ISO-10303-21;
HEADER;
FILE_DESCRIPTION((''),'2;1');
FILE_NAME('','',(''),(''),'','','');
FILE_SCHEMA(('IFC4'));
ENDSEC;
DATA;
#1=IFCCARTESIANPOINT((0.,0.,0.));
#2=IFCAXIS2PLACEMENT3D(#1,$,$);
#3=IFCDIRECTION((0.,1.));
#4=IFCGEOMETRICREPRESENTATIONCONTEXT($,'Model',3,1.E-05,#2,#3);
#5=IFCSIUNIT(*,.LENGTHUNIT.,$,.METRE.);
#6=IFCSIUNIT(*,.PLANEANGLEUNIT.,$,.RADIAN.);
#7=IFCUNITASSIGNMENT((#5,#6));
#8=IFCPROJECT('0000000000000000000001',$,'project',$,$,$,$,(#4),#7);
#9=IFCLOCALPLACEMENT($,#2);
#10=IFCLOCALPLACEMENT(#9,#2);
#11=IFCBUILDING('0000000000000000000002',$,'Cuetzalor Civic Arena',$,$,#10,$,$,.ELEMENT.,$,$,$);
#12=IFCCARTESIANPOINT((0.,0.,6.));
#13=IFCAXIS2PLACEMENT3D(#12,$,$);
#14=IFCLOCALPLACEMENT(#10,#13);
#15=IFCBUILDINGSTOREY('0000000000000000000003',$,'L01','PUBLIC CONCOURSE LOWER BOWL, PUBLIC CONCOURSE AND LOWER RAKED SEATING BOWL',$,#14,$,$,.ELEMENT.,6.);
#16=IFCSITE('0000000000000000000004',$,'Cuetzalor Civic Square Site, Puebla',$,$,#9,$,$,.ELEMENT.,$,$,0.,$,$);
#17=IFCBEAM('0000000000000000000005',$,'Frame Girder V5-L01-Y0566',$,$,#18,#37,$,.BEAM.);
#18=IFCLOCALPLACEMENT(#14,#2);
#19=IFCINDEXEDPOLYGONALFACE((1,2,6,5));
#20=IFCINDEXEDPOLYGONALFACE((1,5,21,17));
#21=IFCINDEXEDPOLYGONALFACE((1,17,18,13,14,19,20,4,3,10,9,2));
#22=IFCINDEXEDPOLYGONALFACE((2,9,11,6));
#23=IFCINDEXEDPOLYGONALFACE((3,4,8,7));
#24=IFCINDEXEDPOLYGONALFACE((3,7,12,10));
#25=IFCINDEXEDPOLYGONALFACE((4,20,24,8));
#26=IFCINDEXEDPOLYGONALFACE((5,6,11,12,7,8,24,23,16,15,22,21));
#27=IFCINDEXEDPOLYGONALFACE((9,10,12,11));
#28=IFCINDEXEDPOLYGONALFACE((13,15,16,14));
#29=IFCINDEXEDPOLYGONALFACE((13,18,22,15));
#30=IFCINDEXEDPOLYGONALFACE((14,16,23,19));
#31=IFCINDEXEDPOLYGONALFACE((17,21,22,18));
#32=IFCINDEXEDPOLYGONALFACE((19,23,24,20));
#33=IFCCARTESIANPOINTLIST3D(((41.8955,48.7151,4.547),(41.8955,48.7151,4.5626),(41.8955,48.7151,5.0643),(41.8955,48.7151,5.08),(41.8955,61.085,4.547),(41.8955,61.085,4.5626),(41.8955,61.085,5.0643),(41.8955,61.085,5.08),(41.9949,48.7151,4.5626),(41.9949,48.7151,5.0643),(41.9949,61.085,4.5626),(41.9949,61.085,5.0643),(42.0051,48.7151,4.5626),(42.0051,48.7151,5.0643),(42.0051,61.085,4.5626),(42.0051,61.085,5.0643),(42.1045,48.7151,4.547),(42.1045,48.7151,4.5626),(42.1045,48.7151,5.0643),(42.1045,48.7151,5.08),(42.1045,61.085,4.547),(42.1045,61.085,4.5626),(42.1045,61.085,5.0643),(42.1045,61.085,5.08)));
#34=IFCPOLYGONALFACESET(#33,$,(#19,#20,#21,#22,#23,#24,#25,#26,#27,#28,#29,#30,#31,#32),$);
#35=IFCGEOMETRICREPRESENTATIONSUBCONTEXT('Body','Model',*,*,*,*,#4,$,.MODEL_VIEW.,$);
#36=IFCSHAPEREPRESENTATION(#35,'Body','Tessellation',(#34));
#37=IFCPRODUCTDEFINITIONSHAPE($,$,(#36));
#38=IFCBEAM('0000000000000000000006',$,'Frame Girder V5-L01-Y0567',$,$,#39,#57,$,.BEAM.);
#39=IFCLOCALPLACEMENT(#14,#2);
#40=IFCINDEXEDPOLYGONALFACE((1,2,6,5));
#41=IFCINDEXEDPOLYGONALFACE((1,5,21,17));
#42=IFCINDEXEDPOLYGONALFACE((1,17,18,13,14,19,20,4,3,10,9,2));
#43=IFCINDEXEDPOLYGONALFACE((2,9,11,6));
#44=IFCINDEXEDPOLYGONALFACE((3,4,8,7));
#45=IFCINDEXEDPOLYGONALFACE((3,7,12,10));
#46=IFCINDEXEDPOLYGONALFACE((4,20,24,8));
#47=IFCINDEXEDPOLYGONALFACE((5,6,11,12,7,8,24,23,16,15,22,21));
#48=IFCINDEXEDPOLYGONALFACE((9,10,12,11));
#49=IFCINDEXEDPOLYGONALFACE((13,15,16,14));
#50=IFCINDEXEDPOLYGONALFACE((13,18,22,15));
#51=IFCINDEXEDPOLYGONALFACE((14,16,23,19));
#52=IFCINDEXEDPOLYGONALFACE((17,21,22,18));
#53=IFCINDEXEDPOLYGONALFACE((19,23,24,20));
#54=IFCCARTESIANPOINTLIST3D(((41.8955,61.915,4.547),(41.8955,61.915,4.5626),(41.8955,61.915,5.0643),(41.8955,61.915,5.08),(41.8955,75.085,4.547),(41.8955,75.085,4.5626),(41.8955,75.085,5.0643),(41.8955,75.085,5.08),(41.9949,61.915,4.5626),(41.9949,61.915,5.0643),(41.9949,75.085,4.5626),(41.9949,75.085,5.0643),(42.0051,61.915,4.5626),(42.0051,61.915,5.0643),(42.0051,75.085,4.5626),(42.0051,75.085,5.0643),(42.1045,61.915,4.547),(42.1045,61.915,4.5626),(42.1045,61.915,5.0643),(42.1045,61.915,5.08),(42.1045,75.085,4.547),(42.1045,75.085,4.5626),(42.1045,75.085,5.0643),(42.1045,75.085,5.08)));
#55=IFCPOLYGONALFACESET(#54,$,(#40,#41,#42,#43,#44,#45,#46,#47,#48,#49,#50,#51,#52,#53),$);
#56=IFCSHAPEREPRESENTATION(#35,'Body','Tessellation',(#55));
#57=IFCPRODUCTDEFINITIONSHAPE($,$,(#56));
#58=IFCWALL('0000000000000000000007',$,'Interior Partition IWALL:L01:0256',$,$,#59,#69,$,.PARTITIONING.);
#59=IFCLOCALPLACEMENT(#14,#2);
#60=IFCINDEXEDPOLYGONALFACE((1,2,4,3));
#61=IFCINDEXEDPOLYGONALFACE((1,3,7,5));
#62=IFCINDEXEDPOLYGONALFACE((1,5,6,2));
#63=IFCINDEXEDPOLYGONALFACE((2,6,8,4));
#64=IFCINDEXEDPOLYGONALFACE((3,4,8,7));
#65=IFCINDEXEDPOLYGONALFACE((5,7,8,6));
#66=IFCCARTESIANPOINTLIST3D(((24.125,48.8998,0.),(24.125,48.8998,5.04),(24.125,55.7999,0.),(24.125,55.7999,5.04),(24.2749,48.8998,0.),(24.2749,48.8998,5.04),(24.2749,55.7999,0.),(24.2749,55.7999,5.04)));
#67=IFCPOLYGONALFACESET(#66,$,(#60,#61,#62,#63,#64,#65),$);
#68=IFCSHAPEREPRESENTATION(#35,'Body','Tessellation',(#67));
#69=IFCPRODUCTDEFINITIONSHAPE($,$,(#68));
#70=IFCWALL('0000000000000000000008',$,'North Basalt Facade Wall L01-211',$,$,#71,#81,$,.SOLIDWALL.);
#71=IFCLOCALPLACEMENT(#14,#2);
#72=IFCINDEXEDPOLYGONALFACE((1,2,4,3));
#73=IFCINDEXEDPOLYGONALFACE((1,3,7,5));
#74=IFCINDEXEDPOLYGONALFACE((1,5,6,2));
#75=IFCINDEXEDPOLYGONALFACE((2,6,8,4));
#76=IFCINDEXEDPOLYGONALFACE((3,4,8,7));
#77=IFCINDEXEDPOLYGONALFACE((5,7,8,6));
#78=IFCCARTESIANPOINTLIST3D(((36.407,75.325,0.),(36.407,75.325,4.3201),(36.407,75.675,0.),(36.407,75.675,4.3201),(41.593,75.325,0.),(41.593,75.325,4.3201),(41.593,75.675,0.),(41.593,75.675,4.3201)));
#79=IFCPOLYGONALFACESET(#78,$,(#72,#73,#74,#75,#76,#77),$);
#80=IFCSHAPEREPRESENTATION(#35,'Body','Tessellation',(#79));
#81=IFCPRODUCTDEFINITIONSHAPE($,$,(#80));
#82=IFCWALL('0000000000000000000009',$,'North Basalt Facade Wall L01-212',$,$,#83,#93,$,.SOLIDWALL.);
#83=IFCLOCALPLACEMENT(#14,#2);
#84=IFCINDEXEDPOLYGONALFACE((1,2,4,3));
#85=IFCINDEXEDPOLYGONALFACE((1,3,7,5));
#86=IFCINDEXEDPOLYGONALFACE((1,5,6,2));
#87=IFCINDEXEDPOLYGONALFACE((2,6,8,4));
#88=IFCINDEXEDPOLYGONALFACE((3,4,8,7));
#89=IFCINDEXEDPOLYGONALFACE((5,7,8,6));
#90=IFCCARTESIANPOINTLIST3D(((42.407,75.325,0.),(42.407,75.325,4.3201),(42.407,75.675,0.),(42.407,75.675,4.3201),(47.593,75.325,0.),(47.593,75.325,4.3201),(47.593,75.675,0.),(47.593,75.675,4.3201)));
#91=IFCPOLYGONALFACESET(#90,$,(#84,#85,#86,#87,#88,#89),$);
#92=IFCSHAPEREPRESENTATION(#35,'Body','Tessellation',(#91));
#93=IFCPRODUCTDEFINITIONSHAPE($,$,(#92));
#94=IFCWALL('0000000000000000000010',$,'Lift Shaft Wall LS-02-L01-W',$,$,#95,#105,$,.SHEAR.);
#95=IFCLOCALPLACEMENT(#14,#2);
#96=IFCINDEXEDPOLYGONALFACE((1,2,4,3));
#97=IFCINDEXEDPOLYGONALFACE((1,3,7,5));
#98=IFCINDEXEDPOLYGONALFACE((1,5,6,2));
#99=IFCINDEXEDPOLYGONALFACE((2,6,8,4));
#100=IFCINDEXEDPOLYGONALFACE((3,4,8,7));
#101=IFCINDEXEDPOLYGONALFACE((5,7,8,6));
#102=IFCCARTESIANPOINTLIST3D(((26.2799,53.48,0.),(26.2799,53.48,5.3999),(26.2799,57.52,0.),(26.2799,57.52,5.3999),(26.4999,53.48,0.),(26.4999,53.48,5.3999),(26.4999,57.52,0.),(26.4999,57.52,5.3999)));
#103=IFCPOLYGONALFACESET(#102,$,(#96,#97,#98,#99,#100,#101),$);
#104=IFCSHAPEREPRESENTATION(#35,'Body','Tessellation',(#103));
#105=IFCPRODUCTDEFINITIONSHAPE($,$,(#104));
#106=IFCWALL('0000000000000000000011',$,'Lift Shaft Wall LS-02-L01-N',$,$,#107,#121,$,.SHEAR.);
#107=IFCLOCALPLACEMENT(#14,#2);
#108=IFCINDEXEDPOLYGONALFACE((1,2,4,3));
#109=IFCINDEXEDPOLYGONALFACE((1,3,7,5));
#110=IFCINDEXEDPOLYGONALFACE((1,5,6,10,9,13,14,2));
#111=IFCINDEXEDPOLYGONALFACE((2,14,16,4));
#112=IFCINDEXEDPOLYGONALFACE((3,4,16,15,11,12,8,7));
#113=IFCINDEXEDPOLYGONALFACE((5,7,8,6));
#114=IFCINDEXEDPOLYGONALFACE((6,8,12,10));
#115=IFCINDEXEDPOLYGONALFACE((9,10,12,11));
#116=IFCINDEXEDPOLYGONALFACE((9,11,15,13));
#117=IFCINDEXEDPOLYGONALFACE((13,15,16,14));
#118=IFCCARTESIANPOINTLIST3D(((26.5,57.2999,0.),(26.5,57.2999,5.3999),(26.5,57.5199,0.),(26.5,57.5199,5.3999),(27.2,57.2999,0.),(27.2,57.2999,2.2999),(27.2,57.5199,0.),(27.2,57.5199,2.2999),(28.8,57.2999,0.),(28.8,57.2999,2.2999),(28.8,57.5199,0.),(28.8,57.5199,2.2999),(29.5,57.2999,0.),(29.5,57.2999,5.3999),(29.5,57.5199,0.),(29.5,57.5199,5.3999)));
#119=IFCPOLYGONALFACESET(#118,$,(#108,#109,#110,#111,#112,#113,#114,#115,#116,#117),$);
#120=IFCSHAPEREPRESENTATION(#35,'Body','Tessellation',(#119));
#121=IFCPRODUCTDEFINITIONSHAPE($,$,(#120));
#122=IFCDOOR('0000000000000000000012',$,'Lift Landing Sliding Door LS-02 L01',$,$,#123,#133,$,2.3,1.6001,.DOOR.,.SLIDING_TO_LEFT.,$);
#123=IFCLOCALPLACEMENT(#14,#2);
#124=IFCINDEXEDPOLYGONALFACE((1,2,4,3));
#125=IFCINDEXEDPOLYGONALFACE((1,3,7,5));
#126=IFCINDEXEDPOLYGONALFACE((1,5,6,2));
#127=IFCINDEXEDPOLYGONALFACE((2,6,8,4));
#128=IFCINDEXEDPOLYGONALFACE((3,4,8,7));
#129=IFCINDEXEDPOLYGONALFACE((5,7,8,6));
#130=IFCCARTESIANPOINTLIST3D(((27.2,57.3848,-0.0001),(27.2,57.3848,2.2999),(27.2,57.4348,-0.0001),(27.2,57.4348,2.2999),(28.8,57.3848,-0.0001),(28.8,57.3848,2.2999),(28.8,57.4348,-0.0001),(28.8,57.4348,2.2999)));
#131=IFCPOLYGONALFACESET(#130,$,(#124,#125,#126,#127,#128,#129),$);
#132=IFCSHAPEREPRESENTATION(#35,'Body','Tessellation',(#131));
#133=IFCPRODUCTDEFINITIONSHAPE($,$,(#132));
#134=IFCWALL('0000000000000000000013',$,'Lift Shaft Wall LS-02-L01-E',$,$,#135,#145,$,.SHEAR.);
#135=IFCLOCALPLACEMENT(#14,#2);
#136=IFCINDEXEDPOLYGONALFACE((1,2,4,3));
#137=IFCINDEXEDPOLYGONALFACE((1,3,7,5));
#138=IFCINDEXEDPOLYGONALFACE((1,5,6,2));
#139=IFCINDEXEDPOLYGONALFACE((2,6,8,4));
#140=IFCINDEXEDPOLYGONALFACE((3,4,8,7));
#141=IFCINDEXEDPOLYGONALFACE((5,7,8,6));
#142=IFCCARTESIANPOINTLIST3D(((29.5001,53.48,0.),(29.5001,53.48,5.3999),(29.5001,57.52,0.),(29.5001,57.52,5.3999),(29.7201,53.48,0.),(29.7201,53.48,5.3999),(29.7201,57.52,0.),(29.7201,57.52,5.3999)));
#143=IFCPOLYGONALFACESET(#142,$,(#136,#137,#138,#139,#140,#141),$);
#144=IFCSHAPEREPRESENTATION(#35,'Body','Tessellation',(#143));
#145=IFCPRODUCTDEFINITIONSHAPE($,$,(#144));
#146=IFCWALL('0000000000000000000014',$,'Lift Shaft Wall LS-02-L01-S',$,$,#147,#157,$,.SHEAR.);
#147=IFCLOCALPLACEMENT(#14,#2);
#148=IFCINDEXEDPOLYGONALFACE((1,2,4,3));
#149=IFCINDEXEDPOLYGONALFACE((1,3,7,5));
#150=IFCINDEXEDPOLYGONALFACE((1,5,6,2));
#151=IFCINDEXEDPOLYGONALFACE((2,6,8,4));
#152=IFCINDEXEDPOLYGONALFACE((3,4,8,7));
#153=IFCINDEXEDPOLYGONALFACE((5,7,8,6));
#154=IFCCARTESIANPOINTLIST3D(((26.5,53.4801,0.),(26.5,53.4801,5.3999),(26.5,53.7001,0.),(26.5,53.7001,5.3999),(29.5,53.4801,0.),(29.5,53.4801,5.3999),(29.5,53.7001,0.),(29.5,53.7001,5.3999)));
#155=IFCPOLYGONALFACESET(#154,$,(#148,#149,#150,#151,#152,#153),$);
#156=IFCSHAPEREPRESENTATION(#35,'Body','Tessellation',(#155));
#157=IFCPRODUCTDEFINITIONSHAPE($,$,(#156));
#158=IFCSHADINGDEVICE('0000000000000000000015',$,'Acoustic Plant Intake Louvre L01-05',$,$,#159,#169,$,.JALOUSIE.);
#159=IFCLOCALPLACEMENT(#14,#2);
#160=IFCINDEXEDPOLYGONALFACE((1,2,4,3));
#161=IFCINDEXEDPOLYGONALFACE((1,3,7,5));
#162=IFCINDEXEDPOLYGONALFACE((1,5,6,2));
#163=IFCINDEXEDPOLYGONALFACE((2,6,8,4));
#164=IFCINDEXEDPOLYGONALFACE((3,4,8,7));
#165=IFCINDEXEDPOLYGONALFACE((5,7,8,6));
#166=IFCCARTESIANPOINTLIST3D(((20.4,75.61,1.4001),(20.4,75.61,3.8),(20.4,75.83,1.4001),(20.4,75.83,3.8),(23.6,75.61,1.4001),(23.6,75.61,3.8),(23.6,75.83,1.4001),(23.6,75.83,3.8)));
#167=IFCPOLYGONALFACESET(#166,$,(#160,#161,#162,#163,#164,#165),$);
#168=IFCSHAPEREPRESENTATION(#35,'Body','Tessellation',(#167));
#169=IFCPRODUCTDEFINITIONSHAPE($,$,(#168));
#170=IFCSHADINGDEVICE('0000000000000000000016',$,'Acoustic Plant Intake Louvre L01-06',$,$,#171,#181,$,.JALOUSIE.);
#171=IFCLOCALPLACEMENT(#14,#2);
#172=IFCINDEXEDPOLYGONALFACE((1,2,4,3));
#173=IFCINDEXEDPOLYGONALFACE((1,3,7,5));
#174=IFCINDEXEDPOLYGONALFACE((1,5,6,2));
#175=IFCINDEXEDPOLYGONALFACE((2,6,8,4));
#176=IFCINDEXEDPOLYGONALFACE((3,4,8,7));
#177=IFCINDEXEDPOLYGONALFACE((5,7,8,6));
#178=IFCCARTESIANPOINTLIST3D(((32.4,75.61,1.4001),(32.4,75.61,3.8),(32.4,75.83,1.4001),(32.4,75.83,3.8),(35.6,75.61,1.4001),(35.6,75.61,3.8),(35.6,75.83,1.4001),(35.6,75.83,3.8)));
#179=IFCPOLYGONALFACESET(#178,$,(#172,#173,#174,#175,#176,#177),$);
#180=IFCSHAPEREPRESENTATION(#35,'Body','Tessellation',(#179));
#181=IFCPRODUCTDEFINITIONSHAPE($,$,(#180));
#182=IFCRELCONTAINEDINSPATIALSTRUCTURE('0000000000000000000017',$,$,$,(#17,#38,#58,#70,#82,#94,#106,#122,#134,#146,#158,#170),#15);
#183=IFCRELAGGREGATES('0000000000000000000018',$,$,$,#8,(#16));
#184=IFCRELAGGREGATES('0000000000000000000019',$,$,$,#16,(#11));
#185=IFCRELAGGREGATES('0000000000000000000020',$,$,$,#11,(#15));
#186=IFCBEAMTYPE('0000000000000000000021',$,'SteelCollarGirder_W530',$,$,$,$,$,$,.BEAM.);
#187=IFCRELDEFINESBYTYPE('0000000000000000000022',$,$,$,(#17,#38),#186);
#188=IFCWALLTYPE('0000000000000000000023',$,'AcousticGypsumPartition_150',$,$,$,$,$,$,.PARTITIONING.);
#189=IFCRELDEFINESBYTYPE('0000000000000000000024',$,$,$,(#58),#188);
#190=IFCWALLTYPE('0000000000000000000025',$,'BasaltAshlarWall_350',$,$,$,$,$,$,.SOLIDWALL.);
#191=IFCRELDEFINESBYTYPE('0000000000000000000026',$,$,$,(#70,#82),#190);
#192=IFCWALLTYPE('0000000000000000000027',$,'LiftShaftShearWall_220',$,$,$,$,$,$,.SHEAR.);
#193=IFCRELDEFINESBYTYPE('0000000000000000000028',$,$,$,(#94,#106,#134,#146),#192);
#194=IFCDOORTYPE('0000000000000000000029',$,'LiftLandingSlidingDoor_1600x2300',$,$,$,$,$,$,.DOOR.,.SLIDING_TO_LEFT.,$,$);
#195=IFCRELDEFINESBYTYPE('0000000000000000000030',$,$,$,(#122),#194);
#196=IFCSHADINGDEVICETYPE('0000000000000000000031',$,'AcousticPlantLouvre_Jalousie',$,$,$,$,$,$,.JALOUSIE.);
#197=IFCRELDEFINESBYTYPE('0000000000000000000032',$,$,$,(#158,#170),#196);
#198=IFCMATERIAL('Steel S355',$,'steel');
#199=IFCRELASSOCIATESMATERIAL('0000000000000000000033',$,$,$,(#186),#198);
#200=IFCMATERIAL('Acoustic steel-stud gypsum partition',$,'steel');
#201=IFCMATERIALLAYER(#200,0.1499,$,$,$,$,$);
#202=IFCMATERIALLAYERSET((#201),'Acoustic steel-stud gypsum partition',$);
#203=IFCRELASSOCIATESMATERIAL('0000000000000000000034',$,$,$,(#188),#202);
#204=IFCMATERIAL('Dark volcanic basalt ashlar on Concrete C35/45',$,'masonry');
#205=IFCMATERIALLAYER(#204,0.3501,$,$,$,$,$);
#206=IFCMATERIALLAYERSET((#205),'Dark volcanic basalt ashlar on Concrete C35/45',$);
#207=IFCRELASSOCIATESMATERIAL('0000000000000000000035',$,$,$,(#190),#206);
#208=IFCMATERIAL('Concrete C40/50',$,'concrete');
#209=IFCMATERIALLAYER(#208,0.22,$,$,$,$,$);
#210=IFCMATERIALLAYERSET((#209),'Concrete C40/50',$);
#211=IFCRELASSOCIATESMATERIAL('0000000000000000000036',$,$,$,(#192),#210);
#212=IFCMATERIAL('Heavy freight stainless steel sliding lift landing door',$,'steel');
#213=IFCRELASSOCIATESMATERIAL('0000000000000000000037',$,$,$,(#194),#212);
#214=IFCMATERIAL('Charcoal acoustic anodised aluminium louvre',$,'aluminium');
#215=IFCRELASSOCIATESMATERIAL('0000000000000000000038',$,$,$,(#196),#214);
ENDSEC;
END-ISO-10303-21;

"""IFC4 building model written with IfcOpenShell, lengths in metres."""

from ifc_helpers import new_model, si_unit, direction, frame, frame_2d, origin, origin_2d, place, context, subcontext, project, spatial, rectangle, i_section, extrude, material, layer, layer_set, material_profile, profile_set, type_object, element, fill, save


model = new_model("IFC4")

# Units and contexts
model_context = context("Model", 3, precision=1e-05, world=origin(), true_north=direction((0.0, 1.0)))
body_context = subcontext(model_context, "Body", "Model", "MODEL_VIEW")
ifc_project = project(units=[si_unit("LENGTHUNIT", "METRE"), si_unit("PLANEANGLEUNIT", "RADIAN")], contexts=[model_context])

# Site, building, storey
site_placement = place(None, origin())
site = spatial("IfcSite", under=ifc_project, at=site_placement, Name="Cuetzalor Civic Square Site, Puebla", CompositionType="ELEMENT", RefElevation=0.0)
building_placement = place(site_placement, origin())
building = spatial("IfcBuilding", under=site, at=building_placement, Name="Cuetzalor Civic Arena", CompositionType="ELEMENT")
storey_placement = place(building_placement, frame((0.0, 0.0, 6.0)))
storey = spatial("IfcBuildingStorey", under=building, at=storey_placement, Name="L01", Description="PUBLIC CONCOURSE LOWER BOWL, PUBLIC CONCOURSE AND LOWER RAKED SEATING BOWL", CompositionType="ELEMENT", Elevation=6.0)

# Beams
ifc_material_1 = material(Name="Steel S355", Category="steel")
ifc_material_profile_1 = material_profile(ifc_material_1, i_section(OverallWidth=0.209, OverallDepth=0.533, WebThickness=0.0103, FlangeThickness=0.0156, at=origin_2d()), Name="W530x92")
ifc_profile_set_1 = profile_set([ifc_material_profile_1], Name="Steel S355")
beam_type_1 = type_object("IfcBeamType", Name="SteelCollarGirder_W530", PredefinedType="BEAM", material=ifc_profile_set_1)
beam_1_placement = place(storey_placement, frame((42.0, 48.7151, 4.8135), z_axis=(0.0, 1.0, 0.0), x_axis=(-1.0, 0.0, 0.0)))
element("IfcBeam", 1, at=beam_1_placement, inside=storey, type_object=beam_type_1, Name="Frame Girder V5-L01-Y0566", PredefinedType="BEAM", context=body_context, shape_type="SweptSolid", body=[
    extrude(i_section(OverallWidth=0.209, OverallDepth=0.533, WebThickness=0.0103, FlangeThickness=0.0156, at=origin_2d()), origin(), (0.0, 0.0, 1.0), 12.3699),
])
beam_2_placement = place(storey_placement, frame((42.0, 61.915, 4.8135), z_axis=(0.0, 1.0, 0.0), x_axis=(-1.0, 0.0, 0.0)))
element("IfcBeam", 2, at=beam_2_placement, inside=storey, type_object=beam_type_1, Name="Frame Girder V5-L01-Y0567", PredefinedType="BEAM", context=body_context, shape_type="SweptSolid", body=[
    extrude(i_section(OverallWidth=0.209, OverallDepth=0.533, WebThickness=0.0103, FlangeThickness=0.0156, at=origin_2d()), origin(), (0.0, 0.0, 1.0), 13.1699),
])

# Walls
ifc_material_2 = material(Name="Acoustic steel-stud gypsum partition", Category="steel")
ifc_layer_1 = layer(ifc_material_2, 0.1499)
ifc_layer_set_1 = layer_set([ifc_layer_1], Name="Acoustic steel-stud gypsum partition")
wall_type_1 = type_object("IfcWallType", Name="AcousticGypsumPartition_150", PredefinedType="PARTITIONING", material=ifc_layer_set_1)
wall_1_placement = place(storey_placement, frame((24.2, 55.8, 0.0), z_axis=(0.0, 0.0, 1.0), x_axis=(0.0, -1.0, 0.0)))
element("IfcWall", 3, at=wall_1_placement, inside=storey, type_object=wall_type_1, Name="Interior Partition IWALL:L01:0256", PredefinedType="PARTITIONING", context=body_context, shape_type="SweptSolid", body=[
    extrude(rectangle(XDim=6.9001, YDim=0.1499, at=frame_2d((3.4502, 0.0))), origin(), (0.0, 0.0, 1.0), 5.04),
])
ifc_material_3 = material(Name="Dark volcanic basalt ashlar on Concrete C35/45", Category="masonry")
ifc_layer_2 = layer(ifc_material_3, 0.3501)
ifc_layer_set_2 = layer_set([ifc_layer_2], Name="Dark volcanic basalt ashlar on Concrete C35/45")
wall_type_2 = type_object("IfcWallType", Name="BasaltAshlarWall_350", PredefinedType="SOLIDWALL", material=ifc_layer_set_2)
for number, where, z_axis, x_axis, name in (
    (4, (36.407, 75.5, 0.0), (0.0, 0.0, 1.0), (1.0, 0.0, 0.0), "North Basalt Facade Wall L01-211"),
    (5, (42.407, 75.5, 0.0), (0.0, 0.0, 1.0), (1.0, 0.0, 0.0), "North Basalt Facade Wall L01-212"),
):
    element("IfcWall", number, at=place(storey_placement, frame(where, z_axis=z_axis, x_axis=x_axis)), inside=storey, type_object=wall_type_2, Name=name, PredefinedType="SOLIDWALL", context=body_context, shape_type="SweptSolid", body=[
        extrude(rectangle(XDim=5.186, YDim=0.3501, at=frame_2d((2.593, 0.0))), origin(), (0.0, 0.0, 1.0), 4.3201),
    ])
ifc_material_4 = material(Name="Concrete C40/50", Category="concrete")
ifc_layer_3 = layer(ifc_material_4, 0.22)
ifc_layer_set_3 = layer_set([ifc_layer_3], Name="Concrete C40/50")
wall_type_3 = type_object("IfcWallType", Name="LiftShaftShearWall_220", PredefinedType="SHEAR", material=ifc_layer_set_3)
wall_2_placement = place(storey_placement, frame((26.3899, 53.48, 0.0), z_axis=(0.0, 0.0, 1.0), x_axis=(0.0, 1.0, 0.0)))
element("IfcWall", 6, at=wall_2_placement, inside=storey, type_object=wall_type_3, Name="Lift Shaft Wall LS-02-L01-W", PredefinedType="SHEAR", context=body_context, shape_type="SweptSolid", body=[
    extrude(rectangle(XDim=4.04, YDim=0.22, at=frame_2d((2.02, 0.0))), origin(), (0.0, 0.0, 1.0), 5.3999),
])

# Wall, opening, door
wall_3_placement = place(storey_placement, frame((26.5, 57.4099, 0.0), z_axis=(0.0, 0.0, 1.0), x_axis=(1.0, 0.0, 0.0)))
wall_3 = element("IfcWall", 7, at=wall_3_placement, inside=storey, type_object=wall_type_3, Name="Lift Shaft Wall LS-02-L01-N", PredefinedType="SHEAR", context=body_context, shape_type="SweptSolid", body=[
    extrude(rectangle(XDim=3.0, YDim=0.22, at=frame_2d((1.5, 0.0))), origin(), (0.0, 0.0, 1.0), 5.3999),
])
opening_placement = place(wall_3_placement, frame((0.7, 0.0, 0.0)))
opening = element("IfcOpeningElement", 8, at=opening_placement, cuts=wall_3, PredefinedType="OPENING", context=body_context, shape_type="SweptSolid", body=[
    extrude(rectangle(XDim=1.6001, YDim=2.3, at=frame_2d((0.8, 1.1499))), frame((0.0, 0.1201, 0.0), z_axis=(0.0, -1.0, 0.0), x_axis=(1.0, 0.0, 0.0)), (0.0, 0.0, 1.0), 0.24),
])
ifc_material_5 = material(Name="Heavy freight stainless steel sliding lift landing door", Category="steel")
door_type = type_object("IfcDoorType", Name="LiftLandingSlidingDoor_1600x2300", OperationType="SLIDING_TO_LEFT", PredefinedType="DOOR", material=ifc_material_5)
door_placement = place(opening_placement, origin())
door = element("IfcDoor", 9, at=door_placement, inside=storey, type_object=door_type, Name="Lift Landing Sliding Door LS-02 L01", OperationType="SLIDING_TO_LEFT", OverallHeight=2.3, OverallWidth=1.6001, PredefinedType="DOOR", context=body_context, shape_type="SweptSolid", body=[
    extrude(rectangle(XDim=1.6001, YDim=2.3, at=frame_2d((0.8, 1.1499))), frame((0.0, 0.0249, 0.0), z_axis=(0.0, -1.0, 0.0), x_axis=(1.0, 0.0, 0.0)), (0.0, 0.0, 1.0), 0.05),
])
fill(opening, door)

# Walls
wall_4_placement = place(storey_placement, frame((29.6101, 57.52, 0.0), z_axis=(0.0, 0.0, 1.0), x_axis=(0.0, -1.0, 0.0)))
element("IfcWall", 10, at=wall_4_placement, inside=storey, type_object=wall_type_3, Name="Lift Shaft Wall LS-02-L01-E", PredefinedType="SHEAR", context=body_context, shape_type="SweptSolid", body=[
    extrude(rectangle(XDim=4.04, YDim=0.22, at=frame_2d((2.02, 0.0))), origin(), (0.0, 0.0, 1.0), 5.3999),
])
wall_5_placement = place(storey_placement, frame((29.5, 53.5901, 0.0), z_axis=(0.0, 0.0, 1.0), x_axis=(-1.0, 0.0, 0.0)))
element("IfcWall", 11, at=wall_5_placement, inside=storey, type_object=wall_type_3, Name="Lift Shaft Wall LS-02-L01-S", PredefinedType="SHEAR", context=body_context, shape_type="SweptSolid", body=[
    extrude(rectangle(XDim=3.0, YDim=0.22, at=frame_2d((1.5, 0.0))), origin(), (0.0, 0.0, 1.0), 5.3999),
])

# Shading devices
ifc_material_6 = material(Name="Charcoal acoustic anodised aluminium louvre", Category="aluminium")
shading_device_type = type_object("IfcShadingDeviceType", Name="AcousticPlantLouvre_Jalousie", PredefinedType="JALOUSIE", material=ifc_material_6)
for number, where, z_axis, x_axis, name in (
    (12, (22.0, 75.72, 1.4001), (0.0, 0.0, 1.0), (1.0, 0.0, 0.0), "Acoustic Plant Intake Louvre L01-05"),
    (13, (34.0, 75.72, 1.4001), (0.0, 0.0, 1.0), (1.0, 0.0, 0.0), "Acoustic Plant Intake Louvre L01-06"),
):
    element("IfcShadingDevice", number, at=place(storey_placement, frame(where, z_axis=z_axis, x_axis=x_axis)), inside=storey, type_object=shading_device_type, Name=name, PredefinedType="JALOUSIE", context=body_context, shape_type="SweptSolid", body=[
        extrude(rectangle(XDim=3.2, YDim=0.22, at=origin_2d()), origin(), (0.0, 0.0, 1.0), 2.3999),
    ])

save(model, "model.ifc")
